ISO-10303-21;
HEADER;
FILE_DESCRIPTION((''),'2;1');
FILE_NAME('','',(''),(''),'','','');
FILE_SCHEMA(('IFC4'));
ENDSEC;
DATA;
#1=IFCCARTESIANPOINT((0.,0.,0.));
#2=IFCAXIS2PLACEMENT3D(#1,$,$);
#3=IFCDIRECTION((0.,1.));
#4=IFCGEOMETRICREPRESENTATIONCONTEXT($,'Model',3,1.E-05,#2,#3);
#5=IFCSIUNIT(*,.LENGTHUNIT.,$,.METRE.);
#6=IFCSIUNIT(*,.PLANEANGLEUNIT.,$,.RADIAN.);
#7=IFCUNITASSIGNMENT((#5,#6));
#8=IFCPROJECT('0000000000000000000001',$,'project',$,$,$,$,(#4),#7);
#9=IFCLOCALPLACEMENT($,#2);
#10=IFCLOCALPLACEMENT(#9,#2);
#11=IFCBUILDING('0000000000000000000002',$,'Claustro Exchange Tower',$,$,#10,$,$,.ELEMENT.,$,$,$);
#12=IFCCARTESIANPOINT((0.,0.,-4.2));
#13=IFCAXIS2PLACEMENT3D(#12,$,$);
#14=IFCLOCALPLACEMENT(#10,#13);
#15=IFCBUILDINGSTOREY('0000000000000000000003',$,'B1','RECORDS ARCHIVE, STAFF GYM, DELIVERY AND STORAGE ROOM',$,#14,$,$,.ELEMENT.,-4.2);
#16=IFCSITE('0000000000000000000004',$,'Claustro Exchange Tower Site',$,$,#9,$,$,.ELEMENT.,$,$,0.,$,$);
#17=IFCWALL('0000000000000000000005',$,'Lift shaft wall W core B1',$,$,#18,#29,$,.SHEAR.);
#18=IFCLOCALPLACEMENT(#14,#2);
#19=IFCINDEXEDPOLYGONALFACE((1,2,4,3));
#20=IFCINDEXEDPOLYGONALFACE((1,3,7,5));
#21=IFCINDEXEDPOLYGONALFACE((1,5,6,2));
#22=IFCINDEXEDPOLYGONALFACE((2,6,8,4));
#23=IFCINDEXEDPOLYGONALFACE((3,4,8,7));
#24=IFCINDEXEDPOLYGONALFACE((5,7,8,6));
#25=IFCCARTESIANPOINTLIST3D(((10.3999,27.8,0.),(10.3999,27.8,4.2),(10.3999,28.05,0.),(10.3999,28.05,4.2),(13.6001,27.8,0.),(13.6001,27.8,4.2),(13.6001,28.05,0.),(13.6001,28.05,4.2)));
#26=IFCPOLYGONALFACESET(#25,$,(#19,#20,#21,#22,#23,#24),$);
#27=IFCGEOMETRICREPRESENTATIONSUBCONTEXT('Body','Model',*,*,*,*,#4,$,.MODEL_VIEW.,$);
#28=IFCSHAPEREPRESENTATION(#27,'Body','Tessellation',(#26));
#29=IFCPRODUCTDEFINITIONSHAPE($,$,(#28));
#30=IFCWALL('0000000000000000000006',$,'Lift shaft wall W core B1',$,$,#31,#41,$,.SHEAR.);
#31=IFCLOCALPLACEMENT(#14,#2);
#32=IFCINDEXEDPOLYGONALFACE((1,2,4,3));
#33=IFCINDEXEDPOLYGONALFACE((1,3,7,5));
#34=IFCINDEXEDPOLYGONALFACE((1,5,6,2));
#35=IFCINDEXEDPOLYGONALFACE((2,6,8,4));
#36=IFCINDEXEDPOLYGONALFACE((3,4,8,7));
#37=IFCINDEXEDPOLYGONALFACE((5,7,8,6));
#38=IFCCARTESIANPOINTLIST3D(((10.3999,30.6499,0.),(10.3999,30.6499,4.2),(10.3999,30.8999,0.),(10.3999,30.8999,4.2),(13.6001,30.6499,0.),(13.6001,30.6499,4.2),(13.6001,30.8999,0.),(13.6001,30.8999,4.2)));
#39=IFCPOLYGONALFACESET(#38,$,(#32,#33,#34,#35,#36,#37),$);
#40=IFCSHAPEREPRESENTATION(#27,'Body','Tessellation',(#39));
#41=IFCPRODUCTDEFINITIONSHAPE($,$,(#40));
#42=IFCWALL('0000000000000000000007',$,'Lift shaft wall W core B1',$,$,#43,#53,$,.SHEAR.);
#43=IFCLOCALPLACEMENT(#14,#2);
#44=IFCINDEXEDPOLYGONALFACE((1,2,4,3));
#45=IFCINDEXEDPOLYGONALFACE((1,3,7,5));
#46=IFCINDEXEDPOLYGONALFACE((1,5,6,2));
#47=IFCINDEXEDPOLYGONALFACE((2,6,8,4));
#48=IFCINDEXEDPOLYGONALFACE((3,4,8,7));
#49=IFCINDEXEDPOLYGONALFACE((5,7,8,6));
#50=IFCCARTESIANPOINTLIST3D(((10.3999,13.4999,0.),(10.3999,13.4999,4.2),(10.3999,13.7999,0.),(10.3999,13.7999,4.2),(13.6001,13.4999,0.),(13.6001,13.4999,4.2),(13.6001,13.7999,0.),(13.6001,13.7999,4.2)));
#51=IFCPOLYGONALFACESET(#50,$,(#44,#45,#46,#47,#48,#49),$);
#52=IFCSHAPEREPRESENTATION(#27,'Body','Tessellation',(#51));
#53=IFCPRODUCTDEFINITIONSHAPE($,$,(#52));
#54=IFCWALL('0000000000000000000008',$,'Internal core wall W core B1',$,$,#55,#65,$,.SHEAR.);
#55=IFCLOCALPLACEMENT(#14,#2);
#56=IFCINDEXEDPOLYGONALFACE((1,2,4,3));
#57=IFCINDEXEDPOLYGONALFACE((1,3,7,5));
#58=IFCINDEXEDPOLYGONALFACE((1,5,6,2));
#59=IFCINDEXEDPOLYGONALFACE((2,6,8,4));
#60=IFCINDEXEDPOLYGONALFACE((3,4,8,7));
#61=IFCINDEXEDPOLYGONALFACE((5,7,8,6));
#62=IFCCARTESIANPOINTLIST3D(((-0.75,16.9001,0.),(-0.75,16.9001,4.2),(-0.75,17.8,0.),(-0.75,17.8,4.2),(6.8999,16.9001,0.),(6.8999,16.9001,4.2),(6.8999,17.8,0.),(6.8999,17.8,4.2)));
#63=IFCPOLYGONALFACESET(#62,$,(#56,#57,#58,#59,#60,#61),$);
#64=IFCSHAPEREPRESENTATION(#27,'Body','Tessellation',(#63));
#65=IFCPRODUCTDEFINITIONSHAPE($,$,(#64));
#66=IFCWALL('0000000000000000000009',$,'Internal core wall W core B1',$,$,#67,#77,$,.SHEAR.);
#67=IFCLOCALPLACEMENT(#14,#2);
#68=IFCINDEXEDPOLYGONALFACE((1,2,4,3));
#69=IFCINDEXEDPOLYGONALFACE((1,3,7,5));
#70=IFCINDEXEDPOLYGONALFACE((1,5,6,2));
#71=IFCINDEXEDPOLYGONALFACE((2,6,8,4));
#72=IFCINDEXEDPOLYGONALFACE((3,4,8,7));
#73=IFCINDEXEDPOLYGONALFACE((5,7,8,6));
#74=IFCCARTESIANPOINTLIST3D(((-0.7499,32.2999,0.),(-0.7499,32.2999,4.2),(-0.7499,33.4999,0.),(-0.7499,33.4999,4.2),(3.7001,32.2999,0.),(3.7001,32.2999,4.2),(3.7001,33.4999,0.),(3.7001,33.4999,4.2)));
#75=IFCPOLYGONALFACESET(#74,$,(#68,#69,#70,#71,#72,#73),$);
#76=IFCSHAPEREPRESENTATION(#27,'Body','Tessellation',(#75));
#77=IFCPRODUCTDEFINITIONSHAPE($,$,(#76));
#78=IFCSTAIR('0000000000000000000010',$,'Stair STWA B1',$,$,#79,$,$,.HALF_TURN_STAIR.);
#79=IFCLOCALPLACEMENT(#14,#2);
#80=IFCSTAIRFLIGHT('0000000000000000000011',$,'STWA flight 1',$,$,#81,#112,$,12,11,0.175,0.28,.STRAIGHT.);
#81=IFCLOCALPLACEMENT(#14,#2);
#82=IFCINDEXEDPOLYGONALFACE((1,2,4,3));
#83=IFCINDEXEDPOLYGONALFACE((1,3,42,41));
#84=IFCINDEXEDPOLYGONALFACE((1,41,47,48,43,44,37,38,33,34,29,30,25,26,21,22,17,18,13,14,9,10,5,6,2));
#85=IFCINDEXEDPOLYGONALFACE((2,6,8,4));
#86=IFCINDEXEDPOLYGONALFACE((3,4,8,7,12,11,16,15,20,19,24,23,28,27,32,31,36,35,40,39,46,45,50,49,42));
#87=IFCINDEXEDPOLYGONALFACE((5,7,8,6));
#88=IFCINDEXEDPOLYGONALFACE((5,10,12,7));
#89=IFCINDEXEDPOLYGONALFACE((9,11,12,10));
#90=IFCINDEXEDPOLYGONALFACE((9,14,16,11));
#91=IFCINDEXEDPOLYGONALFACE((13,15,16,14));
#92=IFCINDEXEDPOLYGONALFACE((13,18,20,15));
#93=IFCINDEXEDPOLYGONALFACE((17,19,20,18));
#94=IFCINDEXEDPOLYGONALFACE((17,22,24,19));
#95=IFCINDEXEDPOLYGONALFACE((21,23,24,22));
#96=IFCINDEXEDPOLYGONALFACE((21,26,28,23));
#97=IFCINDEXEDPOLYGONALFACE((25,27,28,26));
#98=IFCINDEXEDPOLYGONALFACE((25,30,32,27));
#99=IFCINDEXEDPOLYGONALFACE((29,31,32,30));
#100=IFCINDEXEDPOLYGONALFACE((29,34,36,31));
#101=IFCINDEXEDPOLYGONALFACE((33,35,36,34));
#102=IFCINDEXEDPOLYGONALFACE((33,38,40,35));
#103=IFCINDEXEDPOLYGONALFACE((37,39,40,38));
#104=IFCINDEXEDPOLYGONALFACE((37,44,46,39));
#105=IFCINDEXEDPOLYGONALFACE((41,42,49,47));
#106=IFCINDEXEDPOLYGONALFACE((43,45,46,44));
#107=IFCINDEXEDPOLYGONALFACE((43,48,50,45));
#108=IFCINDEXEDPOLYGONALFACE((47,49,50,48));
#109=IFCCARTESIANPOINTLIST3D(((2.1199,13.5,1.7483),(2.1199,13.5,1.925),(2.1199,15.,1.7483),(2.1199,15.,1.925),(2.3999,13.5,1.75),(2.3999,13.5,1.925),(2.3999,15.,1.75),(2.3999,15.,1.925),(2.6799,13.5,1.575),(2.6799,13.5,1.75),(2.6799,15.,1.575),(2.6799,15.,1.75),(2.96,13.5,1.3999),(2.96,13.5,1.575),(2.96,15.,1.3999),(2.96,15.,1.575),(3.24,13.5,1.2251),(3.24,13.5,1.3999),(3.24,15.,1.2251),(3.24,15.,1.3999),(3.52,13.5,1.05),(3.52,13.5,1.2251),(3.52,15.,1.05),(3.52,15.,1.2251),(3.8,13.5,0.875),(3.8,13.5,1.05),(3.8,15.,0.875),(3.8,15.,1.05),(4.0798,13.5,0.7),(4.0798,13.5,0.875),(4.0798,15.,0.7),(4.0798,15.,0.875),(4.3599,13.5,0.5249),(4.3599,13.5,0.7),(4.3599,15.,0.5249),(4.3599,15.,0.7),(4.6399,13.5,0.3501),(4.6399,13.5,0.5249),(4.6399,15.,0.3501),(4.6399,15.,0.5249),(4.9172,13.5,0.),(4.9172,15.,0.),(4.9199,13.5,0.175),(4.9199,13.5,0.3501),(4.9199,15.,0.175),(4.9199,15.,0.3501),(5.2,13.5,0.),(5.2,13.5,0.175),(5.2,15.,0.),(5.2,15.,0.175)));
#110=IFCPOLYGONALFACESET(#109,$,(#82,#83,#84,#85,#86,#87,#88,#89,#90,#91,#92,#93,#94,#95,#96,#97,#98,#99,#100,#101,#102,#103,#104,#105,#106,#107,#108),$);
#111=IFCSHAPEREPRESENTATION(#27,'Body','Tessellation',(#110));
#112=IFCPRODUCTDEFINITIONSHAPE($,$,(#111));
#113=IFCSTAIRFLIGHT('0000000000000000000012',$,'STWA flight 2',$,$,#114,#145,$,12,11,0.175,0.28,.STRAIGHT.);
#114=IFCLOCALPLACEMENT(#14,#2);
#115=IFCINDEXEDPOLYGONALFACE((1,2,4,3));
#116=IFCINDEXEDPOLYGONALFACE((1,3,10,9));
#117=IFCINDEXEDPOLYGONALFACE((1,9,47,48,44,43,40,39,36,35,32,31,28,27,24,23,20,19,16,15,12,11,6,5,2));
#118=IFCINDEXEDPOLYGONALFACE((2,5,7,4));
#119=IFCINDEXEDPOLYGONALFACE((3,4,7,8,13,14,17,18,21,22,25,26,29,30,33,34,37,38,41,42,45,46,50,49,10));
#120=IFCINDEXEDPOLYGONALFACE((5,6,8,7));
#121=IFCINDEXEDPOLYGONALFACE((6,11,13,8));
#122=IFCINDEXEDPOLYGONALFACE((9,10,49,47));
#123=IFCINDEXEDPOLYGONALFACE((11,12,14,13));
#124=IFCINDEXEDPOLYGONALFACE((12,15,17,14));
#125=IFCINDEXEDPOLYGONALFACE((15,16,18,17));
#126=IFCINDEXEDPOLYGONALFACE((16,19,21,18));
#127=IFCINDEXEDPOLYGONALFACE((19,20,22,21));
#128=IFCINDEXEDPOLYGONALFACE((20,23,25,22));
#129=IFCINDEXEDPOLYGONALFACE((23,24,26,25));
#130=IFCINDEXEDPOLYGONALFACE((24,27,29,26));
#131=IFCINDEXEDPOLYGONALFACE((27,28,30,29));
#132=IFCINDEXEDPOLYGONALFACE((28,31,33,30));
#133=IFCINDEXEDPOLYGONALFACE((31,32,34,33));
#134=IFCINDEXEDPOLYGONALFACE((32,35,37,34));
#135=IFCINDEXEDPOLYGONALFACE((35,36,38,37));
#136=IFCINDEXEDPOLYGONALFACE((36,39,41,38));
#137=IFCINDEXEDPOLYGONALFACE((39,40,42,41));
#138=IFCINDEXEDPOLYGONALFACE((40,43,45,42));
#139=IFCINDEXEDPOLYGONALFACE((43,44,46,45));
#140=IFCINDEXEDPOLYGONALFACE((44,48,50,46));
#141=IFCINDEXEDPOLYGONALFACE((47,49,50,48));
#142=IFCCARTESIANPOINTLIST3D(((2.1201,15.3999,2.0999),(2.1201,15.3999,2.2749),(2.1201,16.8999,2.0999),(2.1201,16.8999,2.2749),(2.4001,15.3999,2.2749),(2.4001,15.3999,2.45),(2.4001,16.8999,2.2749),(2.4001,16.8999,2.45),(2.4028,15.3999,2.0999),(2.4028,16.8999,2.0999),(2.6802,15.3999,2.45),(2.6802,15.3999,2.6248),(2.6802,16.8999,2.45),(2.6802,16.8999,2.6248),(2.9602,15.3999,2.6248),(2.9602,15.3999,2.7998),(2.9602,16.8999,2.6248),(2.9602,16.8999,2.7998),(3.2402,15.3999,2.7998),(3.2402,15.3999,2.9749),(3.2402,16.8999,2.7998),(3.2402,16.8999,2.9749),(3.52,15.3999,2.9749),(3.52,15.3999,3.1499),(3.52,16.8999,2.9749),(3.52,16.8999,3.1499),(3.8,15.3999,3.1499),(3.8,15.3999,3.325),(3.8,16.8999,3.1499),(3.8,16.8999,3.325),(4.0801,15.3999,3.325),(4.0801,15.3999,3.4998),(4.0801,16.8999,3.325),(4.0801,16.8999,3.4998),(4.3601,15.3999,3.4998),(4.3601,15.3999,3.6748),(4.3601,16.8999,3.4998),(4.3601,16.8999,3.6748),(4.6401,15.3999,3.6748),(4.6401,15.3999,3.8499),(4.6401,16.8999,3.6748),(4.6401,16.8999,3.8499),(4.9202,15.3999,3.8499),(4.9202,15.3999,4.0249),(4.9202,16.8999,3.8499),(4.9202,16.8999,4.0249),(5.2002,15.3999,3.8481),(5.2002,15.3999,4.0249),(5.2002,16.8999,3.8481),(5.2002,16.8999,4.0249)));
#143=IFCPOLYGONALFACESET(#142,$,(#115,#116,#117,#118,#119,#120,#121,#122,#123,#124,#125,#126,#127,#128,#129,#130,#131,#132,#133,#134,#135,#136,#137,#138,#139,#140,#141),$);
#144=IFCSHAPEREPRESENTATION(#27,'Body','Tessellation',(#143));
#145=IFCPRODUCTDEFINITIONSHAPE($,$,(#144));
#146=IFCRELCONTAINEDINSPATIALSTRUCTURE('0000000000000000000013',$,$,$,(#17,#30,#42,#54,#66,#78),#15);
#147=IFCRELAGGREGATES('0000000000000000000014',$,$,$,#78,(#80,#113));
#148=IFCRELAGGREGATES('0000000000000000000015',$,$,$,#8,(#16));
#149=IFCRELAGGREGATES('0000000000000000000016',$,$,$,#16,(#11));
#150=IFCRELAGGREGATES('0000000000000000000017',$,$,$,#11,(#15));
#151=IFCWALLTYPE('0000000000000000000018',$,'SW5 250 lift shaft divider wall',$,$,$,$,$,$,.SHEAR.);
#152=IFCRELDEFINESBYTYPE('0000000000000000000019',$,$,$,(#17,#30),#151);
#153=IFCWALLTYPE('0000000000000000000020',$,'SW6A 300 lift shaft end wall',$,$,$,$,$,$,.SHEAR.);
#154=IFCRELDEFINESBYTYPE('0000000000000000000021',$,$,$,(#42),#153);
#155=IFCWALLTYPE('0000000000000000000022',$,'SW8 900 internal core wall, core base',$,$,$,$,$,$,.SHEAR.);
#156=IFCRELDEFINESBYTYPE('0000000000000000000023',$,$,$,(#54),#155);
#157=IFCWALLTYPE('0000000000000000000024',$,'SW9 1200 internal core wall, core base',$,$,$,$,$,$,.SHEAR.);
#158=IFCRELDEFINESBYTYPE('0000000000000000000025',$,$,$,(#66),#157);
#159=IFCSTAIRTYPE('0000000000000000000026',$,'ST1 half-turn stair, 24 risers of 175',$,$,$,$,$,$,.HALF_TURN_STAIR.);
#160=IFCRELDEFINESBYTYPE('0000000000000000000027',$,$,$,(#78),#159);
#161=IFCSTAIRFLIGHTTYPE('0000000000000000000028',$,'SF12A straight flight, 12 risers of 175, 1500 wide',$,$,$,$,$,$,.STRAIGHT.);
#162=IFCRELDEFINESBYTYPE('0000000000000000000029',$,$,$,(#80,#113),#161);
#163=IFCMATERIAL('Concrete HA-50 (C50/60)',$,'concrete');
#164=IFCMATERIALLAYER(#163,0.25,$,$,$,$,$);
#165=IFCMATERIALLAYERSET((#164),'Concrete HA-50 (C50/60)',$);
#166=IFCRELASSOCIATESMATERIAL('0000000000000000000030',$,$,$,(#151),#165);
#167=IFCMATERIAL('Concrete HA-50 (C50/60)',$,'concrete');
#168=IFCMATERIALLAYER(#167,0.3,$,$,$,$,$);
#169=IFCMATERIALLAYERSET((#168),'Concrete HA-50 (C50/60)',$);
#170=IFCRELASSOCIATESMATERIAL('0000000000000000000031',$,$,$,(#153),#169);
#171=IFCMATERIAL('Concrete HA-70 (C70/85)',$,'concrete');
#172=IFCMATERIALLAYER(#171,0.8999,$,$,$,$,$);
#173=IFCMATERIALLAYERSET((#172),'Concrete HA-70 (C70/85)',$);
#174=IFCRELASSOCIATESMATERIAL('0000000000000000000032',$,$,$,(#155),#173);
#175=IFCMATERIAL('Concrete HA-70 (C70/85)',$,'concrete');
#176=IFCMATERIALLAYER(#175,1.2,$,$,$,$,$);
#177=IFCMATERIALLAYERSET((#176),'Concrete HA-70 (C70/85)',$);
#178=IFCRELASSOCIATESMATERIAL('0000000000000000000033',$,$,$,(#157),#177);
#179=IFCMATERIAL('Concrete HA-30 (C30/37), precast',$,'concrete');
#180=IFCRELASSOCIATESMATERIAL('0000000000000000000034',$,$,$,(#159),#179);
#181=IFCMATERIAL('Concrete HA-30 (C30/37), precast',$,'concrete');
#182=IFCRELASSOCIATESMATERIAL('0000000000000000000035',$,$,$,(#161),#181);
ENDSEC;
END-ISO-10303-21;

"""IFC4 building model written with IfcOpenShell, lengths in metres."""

from ifc_helpers import new_model, si_unit, direction, frame, frame_2d, origin, place, context, subcontext, project, spatial, polyline, rectangle, outline, extrude, material, layer, layer_set, type_object, element, aggregate, save


model = new_model("IFC4")

# Units and contexts
model_context = context("Model", 3, precision=1e-05, world=origin(), true_north=direction((0.0, 1.0)))
body_context = subcontext(model_context, "Body", "Model", "MODEL_VIEW")
ifc_project = project(units=[si_unit("LENGTHUNIT", "METRE"), si_unit("PLANEANGLEUNIT", "RADIAN")], contexts=[model_context])

# Site, building, storey
site_placement = place(None, origin())
site = spatial("IfcSite", under=ifc_project, at=site_placement, Name="Claustro Exchange Tower Site", CompositionType="ELEMENT", RefElevation=0.0)
building_placement = place(site_placement, origin())
building = spatial("IfcBuilding", under=site, at=building_placement, Name="Claustro Exchange Tower", CompositionType="ELEMENT")
storey_placement = place(building_placement, frame((0.0, 0.0, -4.2)))
storey = spatial("IfcBuildingStorey", under=building, at=storey_placement, Name="B1", Description="RECORDS ARCHIVE, STAFF GYM, DELIVERY AND STORAGE ROOM", CompositionType="ELEMENT", Elevation=-4.2)

# Walls
ifc_material_1 = material(Name="Concrete HA-50 (C50/60)", Category="concrete")
ifc_layer_1 = layer(ifc_material_1, 0.25)
ifc_layer_set_1 = layer_set([ifc_layer_1], Name="Concrete HA-50 (C50/60)")
wall_type_1 = type_object("IfcWallType", Name="SW5 250 lift shaft divider wall", PredefinedType="SHEAR", material=ifc_layer_set_1)
for number, where, z_axis, x_axis, name in (
    (1, (10.3999, 27.925, 0.0), (0.0, 0.0, 1.0), (1.0, 0.0, 0.0), "Lift shaft wall W core B1"),
    (2, (10.3999, 30.7749, 0.0), (0.0, 0.0, 1.0), (1.0, 0.0, 0.0), "Lift shaft wall W core B1"),
):
    element("IfcWall", number, at=place(storey_placement, frame(where, z_axis=z_axis, x_axis=x_axis)), inside=storey, type_object=wall_type_1, Name=name, PredefinedType="SHEAR", context=body_context, shape_type="SweptSolid", body=[
        extrude(rectangle(XDim=3.2002, YDim=0.25, at=frame_2d((1.6001, 0.0))), origin(), (0.0, 0.0, 1.0), 4.2),
    ])
ifc_material_2 = material(Name="Concrete HA-50 (C50/60)", Category="concrete")
ifc_layer_2 = layer(ifc_material_2, 0.3)
ifc_layer_set_2 = layer_set([ifc_layer_2], Name="Concrete HA-50 (C50/60)")
wall_type_2 = type_object("IfcWallType", Name="SW6A 300 lift shaft end wall", PredefinedType="SHEAR", material=ifc_layer_set_2)
wall_1_placement = place(storey_placement, frame((10.3999, 13.6499, 0.0), z_axis=(0.0, 0.0, 1.0), x_axis=(1.0, 0.0, 0.0)))
element("IfcWall", 3, at=wall_1_placement, inside=storey, type_object=wall_type_2, Name="Lift shaft wall W core B1", PredefinedType="SHEAR", context=body_context, shape_type="SweptSolid", body=[
    extrude(rectangle(XDim=3.2002, YDim=0.3, at=frame_2d((1.6001, 0.0))), origin(), (0.0, 0.0, 1.0), 4.2),
])
ifc_material_3 = material(Name="Concrete HA-70 (C70/85)", Category="concrete")
ifc_layer_3 = layer(ifc_material_3, 0.8999)
ifc_layer_set_3 = layer_set([ifc_layer_3], Name="Concrete HA-70 (C70/85)")
wall_type_3 = type_object("IfcWallType", Name="SW8 900 internal core wall, core base", PredefinedType="SHEAR", material=ifc_layer_set_3)
wall_2_placement = place(storey_placement, frame((-0.75, 17.3501, 0.0), z_axis=(0.0, 0.0, 1.0), x_axis=(1.0, 0.0, 0.0)))
element("IfcWall", 4, at=wall_2_placement, inside=storey, type_object=wall_type_3, Name="Internal core wall W core B1", PredefinedType="SHEAR", context=body_context, shape_type="SweptSolid", body=[
    extrude(rectangle(XDim=7.6499, YDim=0.8999, at=frame_2d((3.825, 0.0))), origin(), (0.0, 0.0, 1.0), 4.2),
])
ifc_material_4 = material(Name="Concrete HA-70 (C70/85)", Category="concrete")
ifc_layer_4 = layer(ifc_material_4, 1.2)
ifc_layer_set_4 = layer_set([ifc_layer_4], Name="Concrete HA-70 (C70/85)")
wall_type_4 = type_object("IfcWallType", Name="SW9 1200 internal core wall, core base", PredefinedType="SHEAR", material=ifc_layer_set_4)
wall_3_placement = place(storey_placement, frame((-0.75, 32.8999, 0.0), z_axis=(0.0, 0.0, 1.0), x_axis=(1.0, 0.0, 0.0)))
element("IfcWall", 5, at=wall_3_placement, inside=storey, type_object=wall_type_4, Name="Internal core wall W core B1", PredefinedType="SHEAR", context=body_context, shape_type="SweptSolid", body=[
    extrude(rectangle(XDim=4.45, YDim=1.2, at=frame_2d((2.2251, 0.0))), origin(), (0.0, 0.0, 1.0), 4.2),
])

# Stair, stair flights
ifc_material_5 = material(Name="Concrete HA-30 (C30/37), precast", Category="concrete")
stair_type = type_object("IfcStairType", Name="ST1 half-turn stair, 24 risers of 175", PredefinedType="HALF_TURN_STAIR", material=ifc_material_5)
stair_placement = place(storey_placement, origin())
stair = element("IfcStair", 6, at=stair_placement, inside=storey, type_object=stair_type, Name="Stair STWA B1", PredefinedType="HALF_TURN_STAIR")
ifc_material_6 = material(Name="Concrete HA-30 (C30/37), precast", Category="concrete")
stair_flight_type = type_object("IfcStairFlightType", Name="SF12A straight flight, 12 risers of 175, 1500 wide", PredefinedType="STRAIGHT", material=ifc_material_6)
stair_flight_1_placement = place(storey_placement, frame((5.2, 14.25, 0.0), z_axis=(0.0, 0.0, 1.0), x_axis=(-1.0, 0.0, 0.0)))
stair_flight_1 = element("IfcStairFlight", 7, at=stair_flight_1_placement, type_object=stair_flight_type, Name="STWA flight 1", NumberOfRisers=12, NumberOfTreads=11, PredefinedType="STRAIGHT", RiserHeight=0.175, TreadLength=0.28, context=body_context, shape_type="SweptSolid", body=[
    extrude(outline(polyline([(0.0, 0.0), (0.0, 0.175), (0.28, 0.175), (0.28, 0.3501), (0.5601, 0.3501), (0.5601, 0.5249), (0.8401, 0.5249), (0.8401, 0.7), (1.1201, 0.7), (1.1201, 0.875), (1.3999, 0.875), (1.3999, 1.05), (1.6799, 1.05), (1.6799, 1.2251), (1.96, 1.2251), (1.96, 1.3999), (2.24, 1.3999), (2.24, 1.575), (2.52, 1.575), (2.52, 1.75), (2.8, 1.75), (2.8, 1.925), (3.0801, 1.925), (3.0801, 2.1001), (3.0801, 1.7483), (0.2827, 0.0), (0.0, 0.0)])), frame((0.0, 0.75, 0.0), z_axis=(0.0, -1.0, 0.0), x_axis=(1.0, 0.0, 0.0)), (0.0, 0.0, 1.0), 1.5),
])
stair_flight_2_placement = place(storey_placement, frame((2.1201, 16.1499, 2.0999), z_axis=(0.0, 0.0, 1.0), x_axis=(1.0, 0.0, 0.0)))
stair_flight_2 = element("IfcStairFlight", 8, at=stair_flight_2_placement, type_object=stair_flight_type, Name="STWA flight 2", NumberOfRisers=12, NumberOfTreads=11, PredefinedType="STRAIGHT", RiserHeight=0.175, TreadLength=0.28, context=body_context, shape_type="SweptSolid", body=[
    extrude(outline(polyline([(0.0, 0.0), (0.0, 0.175), (0.28, 0.175), (0.28, 0.3501), (0.5601, 0.3501), (0.5601, 0.5249), (0.8401, 0.5249), (0.8401, 0.7), (1.1201, 0.7), (1.1201, 0.875), (1.3999, 0.875), (1.3999, 1.05), (1.6799, 1.05), (1.6799, 1.2251), (1.96, 1.2251), (1.96, 1.3999), (2.24, 1.3999), (2.24, 1.575), (2.52, 1.575), (2.52, 1.75), (2.8, 1.75), (2.8, 1.925), (3.0801, 1.925), (3.0801, 2.1001), (3.0801, 1.7483), (0.2827, 0.0), (0.0, 0.0)])), frame((0.0, 0.75, 0.0), z_axis=(0.0, -1.0, 0.0), x_axis=(1.0, 0.0, 0.0)), (0.0, 0.0, 1.0), 1.5),
])
aggregate(stair, [stair_flight_1, stair_flight_2])

save(model, "model.ifc")
